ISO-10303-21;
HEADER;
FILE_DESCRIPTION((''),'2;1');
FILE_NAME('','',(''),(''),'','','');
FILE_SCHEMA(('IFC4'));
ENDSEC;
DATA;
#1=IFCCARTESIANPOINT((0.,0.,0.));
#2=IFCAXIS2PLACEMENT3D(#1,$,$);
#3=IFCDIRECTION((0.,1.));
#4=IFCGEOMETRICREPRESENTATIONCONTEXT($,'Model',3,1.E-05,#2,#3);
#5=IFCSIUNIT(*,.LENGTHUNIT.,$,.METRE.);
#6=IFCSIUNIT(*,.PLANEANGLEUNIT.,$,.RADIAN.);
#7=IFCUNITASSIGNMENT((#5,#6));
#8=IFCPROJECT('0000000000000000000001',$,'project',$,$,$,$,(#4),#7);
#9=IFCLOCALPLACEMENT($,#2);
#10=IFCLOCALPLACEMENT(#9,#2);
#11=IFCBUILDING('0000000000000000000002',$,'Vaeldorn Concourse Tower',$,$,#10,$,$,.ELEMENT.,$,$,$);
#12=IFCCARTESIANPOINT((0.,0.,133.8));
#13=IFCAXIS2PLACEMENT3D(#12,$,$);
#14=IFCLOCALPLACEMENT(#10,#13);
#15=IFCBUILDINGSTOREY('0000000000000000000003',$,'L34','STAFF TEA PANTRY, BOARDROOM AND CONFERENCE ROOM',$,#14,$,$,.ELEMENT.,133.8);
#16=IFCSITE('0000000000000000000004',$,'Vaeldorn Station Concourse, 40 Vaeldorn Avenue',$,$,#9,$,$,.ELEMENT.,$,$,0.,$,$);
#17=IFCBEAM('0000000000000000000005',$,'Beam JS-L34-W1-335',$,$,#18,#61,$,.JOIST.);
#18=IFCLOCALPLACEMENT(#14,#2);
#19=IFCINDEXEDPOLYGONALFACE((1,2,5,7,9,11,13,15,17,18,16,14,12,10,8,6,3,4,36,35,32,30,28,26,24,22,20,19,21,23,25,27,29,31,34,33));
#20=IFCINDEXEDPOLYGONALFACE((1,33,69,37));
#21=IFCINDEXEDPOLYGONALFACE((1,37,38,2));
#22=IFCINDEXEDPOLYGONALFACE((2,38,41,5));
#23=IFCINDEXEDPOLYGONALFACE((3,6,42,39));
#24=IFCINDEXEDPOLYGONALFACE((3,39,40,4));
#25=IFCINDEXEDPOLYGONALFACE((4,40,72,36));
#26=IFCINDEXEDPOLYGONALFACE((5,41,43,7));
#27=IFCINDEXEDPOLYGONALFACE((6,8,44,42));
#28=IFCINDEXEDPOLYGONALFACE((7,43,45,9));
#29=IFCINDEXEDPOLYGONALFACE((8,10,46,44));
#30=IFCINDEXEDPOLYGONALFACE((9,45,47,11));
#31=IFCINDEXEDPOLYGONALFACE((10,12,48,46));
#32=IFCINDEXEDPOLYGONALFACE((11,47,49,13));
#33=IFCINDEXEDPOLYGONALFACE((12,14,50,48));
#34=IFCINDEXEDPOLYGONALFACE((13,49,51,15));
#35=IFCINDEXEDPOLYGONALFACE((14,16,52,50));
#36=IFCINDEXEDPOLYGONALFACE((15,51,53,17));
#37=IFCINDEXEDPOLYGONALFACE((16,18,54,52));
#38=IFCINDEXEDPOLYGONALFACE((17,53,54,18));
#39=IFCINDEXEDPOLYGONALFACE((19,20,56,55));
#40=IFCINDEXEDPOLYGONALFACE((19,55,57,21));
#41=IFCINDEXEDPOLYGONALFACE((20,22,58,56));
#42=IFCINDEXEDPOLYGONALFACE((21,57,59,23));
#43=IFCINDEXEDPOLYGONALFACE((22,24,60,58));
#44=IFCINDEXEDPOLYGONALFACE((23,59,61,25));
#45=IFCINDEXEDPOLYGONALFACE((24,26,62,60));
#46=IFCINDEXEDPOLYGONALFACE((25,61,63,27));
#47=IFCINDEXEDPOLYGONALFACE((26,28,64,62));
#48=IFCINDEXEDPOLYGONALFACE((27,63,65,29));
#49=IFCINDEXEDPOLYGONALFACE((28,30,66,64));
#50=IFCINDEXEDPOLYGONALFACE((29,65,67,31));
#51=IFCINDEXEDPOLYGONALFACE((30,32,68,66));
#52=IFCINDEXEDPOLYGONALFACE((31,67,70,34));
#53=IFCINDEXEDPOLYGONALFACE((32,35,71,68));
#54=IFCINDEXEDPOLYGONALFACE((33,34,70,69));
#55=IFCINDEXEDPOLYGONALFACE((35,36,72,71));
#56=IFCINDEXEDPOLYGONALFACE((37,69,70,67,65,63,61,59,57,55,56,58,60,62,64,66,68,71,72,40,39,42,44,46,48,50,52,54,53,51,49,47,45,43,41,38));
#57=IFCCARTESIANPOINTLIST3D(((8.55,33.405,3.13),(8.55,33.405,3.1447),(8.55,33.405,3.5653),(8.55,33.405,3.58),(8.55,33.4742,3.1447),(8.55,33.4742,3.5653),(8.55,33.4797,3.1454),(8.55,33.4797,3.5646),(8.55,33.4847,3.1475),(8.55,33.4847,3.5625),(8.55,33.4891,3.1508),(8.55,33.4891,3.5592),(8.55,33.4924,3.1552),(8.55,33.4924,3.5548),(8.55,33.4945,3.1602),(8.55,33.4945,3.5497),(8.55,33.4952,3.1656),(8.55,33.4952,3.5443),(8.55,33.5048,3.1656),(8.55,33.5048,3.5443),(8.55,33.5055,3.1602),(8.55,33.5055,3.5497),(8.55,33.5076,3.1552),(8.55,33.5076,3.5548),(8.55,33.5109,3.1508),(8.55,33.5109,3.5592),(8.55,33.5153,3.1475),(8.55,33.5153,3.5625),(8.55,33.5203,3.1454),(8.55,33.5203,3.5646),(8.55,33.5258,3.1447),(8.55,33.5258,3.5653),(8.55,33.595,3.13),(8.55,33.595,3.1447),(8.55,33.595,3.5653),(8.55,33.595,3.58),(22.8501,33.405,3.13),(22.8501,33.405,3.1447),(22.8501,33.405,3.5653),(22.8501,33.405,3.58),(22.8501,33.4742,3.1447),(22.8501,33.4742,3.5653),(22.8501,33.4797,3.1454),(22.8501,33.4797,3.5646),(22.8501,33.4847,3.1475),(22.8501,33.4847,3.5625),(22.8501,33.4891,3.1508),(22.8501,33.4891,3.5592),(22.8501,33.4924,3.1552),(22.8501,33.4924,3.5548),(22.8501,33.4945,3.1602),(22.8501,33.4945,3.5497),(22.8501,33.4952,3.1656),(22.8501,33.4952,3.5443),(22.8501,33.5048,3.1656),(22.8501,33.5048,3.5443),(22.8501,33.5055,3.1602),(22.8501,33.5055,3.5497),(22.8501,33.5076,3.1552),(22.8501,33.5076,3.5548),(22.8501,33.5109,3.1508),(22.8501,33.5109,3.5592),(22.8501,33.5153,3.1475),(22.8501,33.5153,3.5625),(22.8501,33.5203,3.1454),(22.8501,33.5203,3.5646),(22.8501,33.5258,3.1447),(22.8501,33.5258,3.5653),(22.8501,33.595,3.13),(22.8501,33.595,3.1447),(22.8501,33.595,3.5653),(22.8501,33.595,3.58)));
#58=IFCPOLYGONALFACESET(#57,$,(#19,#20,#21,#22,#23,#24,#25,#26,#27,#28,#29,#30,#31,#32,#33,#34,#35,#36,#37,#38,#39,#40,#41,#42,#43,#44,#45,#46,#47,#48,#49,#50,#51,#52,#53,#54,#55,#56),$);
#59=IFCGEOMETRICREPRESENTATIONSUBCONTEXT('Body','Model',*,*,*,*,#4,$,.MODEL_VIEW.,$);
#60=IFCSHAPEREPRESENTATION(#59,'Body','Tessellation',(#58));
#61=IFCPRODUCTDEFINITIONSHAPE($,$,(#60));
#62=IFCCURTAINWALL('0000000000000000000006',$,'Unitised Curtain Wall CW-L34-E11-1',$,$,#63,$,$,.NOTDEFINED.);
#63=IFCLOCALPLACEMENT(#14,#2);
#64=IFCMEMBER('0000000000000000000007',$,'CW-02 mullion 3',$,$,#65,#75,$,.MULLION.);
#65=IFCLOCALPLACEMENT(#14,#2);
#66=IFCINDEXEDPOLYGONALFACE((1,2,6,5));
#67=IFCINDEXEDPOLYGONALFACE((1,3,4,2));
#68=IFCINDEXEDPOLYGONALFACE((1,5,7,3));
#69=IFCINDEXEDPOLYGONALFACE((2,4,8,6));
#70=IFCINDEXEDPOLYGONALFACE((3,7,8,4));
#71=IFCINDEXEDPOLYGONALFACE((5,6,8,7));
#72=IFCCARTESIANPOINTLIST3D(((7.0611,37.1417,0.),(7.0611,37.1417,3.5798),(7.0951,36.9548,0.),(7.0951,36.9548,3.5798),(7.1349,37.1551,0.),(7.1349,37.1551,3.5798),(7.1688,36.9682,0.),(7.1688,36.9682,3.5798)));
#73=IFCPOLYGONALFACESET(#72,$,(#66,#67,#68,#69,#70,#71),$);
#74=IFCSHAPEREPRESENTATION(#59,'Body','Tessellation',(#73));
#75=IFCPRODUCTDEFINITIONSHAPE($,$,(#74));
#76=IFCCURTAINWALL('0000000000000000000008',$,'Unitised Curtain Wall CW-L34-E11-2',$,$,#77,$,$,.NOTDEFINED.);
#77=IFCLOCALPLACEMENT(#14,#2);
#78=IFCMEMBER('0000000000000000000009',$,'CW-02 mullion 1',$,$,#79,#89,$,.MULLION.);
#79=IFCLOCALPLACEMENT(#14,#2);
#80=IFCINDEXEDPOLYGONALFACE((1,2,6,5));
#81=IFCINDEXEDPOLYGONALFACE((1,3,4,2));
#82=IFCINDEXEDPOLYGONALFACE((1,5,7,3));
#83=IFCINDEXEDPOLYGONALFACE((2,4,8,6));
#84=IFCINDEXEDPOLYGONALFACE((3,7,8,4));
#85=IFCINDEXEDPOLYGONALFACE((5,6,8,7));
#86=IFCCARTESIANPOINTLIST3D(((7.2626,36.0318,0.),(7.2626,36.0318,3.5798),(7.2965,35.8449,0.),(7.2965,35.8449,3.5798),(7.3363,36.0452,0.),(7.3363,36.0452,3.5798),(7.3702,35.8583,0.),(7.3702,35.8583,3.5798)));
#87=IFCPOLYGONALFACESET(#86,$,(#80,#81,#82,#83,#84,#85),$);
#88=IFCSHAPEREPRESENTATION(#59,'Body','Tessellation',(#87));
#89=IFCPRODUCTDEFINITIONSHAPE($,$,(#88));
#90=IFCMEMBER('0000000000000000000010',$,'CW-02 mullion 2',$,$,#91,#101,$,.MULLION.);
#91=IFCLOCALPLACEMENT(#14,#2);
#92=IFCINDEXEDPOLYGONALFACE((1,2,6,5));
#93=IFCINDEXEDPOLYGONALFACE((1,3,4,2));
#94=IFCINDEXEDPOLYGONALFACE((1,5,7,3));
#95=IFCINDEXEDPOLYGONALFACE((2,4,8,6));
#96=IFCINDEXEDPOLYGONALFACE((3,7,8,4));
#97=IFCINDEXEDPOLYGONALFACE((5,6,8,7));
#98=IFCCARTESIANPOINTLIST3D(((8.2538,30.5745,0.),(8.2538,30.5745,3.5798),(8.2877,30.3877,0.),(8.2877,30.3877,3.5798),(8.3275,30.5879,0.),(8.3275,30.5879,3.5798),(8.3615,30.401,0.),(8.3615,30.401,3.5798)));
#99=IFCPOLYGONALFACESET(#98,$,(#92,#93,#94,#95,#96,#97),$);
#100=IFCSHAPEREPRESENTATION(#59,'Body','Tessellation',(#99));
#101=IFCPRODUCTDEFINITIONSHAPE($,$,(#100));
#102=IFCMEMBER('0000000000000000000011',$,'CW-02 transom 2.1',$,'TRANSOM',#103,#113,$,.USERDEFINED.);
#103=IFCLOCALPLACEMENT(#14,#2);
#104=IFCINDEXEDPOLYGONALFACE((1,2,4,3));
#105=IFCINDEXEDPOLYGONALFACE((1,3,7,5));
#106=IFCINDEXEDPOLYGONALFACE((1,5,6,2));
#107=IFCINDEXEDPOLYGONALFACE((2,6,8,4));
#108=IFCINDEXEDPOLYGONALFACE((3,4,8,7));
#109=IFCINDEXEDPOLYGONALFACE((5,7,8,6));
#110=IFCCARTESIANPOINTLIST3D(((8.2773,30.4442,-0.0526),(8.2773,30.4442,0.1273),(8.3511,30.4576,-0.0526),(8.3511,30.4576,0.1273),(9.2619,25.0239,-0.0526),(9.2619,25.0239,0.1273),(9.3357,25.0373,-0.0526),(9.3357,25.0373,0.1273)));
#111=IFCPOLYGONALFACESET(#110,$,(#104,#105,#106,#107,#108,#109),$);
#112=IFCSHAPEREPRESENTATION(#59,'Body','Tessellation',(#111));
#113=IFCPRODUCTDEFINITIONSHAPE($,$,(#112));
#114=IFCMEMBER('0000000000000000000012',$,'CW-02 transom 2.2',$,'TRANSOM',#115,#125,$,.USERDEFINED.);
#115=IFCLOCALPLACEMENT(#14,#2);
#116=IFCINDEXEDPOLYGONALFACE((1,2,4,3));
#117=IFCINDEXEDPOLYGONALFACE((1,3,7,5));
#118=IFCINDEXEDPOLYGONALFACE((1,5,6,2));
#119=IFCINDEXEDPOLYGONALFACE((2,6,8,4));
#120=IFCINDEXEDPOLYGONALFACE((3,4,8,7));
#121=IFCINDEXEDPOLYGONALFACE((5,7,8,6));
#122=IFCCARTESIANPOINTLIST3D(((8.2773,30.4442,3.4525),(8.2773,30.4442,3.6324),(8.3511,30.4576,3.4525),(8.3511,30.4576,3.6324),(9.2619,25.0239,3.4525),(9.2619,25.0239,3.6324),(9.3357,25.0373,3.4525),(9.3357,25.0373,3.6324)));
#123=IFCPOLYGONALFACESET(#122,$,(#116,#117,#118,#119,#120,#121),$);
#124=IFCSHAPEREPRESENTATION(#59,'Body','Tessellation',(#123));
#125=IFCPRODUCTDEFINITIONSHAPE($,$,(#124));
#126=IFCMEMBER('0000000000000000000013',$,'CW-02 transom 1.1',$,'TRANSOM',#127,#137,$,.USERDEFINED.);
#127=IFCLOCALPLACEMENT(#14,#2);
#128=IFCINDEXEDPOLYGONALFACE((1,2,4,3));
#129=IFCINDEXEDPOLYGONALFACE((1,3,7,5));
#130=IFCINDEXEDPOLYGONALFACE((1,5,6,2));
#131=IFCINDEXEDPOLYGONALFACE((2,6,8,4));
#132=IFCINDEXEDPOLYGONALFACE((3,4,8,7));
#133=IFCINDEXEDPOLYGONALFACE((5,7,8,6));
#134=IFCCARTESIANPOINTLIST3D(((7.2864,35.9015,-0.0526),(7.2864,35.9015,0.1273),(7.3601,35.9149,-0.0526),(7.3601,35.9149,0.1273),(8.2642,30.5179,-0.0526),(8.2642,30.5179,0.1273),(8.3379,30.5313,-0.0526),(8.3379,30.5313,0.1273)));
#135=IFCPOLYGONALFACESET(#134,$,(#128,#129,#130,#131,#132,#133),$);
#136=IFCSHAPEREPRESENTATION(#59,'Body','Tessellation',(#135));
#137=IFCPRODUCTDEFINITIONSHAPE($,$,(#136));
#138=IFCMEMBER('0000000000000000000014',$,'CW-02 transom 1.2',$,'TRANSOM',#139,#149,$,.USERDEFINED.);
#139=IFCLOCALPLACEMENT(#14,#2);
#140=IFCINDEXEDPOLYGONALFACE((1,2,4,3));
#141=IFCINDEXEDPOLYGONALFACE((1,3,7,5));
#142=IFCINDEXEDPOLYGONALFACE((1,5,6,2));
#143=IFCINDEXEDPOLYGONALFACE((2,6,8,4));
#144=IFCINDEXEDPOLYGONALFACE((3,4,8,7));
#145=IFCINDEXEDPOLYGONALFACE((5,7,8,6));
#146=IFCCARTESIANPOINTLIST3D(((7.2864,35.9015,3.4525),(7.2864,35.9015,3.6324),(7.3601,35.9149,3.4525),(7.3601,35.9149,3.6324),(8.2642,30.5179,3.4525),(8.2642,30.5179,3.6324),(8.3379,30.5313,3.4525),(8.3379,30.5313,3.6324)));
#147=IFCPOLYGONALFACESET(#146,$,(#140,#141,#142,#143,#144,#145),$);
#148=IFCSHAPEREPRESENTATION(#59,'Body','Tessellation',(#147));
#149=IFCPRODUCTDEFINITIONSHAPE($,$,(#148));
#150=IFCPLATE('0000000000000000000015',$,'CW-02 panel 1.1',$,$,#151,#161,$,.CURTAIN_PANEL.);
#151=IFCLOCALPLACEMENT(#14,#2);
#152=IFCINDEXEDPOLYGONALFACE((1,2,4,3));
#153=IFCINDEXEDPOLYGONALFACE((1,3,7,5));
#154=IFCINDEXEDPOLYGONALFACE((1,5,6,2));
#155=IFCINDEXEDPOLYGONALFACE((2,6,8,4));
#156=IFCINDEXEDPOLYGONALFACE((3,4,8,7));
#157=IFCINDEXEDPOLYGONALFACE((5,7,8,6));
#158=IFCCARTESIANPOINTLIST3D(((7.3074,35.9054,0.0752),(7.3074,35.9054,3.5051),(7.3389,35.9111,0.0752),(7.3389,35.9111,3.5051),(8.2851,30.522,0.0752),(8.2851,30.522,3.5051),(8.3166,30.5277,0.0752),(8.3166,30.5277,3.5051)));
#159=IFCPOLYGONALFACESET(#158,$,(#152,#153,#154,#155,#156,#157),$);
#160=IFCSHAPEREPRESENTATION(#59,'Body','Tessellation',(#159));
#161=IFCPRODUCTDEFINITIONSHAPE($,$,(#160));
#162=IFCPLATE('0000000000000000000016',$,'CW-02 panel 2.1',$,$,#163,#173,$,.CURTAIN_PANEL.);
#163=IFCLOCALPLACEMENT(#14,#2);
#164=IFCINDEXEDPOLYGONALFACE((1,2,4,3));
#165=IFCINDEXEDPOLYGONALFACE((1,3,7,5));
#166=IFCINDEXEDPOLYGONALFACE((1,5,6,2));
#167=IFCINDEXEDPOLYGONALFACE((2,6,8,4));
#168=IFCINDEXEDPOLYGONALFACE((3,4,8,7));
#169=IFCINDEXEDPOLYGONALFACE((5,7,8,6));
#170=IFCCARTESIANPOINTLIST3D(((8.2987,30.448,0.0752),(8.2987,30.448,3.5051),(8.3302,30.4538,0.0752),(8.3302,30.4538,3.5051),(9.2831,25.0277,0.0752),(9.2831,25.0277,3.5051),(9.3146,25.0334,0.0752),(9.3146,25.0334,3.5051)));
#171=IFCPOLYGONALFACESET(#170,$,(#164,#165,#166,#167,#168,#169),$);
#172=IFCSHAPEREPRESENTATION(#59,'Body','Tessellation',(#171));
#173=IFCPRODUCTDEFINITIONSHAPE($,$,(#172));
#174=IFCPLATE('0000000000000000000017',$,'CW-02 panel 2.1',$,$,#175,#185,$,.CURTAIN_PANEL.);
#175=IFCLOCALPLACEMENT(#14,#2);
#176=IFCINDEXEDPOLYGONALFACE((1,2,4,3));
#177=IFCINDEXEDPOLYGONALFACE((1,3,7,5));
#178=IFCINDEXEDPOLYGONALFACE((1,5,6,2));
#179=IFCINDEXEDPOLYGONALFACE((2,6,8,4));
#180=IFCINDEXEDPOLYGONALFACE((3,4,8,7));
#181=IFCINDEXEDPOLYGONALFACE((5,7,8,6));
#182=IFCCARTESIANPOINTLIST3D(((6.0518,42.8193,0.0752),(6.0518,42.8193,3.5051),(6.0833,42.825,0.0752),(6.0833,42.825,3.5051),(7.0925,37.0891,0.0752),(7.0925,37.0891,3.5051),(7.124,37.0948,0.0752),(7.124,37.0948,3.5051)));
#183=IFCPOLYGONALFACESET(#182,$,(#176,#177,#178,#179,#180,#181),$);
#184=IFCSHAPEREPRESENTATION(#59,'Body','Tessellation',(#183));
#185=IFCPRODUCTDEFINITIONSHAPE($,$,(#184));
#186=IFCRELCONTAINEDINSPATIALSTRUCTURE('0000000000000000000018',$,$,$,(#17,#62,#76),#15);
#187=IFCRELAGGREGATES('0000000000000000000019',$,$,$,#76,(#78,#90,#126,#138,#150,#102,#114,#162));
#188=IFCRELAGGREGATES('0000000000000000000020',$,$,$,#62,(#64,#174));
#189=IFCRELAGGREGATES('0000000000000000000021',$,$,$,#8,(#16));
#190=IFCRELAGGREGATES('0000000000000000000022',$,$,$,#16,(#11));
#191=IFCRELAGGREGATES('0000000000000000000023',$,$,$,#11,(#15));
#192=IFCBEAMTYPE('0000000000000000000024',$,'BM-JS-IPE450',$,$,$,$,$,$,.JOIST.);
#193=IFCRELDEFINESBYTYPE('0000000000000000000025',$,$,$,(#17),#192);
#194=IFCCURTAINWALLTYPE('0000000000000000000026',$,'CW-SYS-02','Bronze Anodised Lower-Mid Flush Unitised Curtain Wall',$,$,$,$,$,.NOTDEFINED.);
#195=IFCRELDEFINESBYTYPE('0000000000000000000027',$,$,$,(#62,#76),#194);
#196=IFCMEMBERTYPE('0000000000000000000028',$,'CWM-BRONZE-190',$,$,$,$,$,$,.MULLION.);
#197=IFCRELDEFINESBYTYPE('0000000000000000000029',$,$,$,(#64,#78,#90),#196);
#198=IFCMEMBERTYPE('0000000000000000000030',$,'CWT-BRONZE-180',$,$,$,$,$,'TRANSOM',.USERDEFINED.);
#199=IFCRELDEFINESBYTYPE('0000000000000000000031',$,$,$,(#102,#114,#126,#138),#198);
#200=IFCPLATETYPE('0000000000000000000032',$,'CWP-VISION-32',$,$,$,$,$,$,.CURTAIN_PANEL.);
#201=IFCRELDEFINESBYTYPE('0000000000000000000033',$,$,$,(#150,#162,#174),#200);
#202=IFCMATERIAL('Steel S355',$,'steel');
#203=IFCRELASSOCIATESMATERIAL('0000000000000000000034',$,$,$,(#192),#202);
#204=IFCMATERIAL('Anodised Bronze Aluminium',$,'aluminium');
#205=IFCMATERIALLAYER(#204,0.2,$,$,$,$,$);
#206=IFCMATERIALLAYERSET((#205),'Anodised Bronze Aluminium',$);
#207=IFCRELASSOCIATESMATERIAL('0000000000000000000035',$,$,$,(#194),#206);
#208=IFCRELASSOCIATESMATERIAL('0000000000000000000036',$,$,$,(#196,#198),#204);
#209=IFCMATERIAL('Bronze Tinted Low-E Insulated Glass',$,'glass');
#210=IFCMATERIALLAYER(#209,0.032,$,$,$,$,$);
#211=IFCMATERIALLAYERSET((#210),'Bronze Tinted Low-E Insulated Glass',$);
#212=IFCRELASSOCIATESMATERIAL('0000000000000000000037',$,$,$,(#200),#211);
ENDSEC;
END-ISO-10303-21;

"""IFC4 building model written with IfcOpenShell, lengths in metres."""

from ifc_helpers import new_model, si_unit, direction, frame, origin, origin_2d, place, context, subcontext, project, spatial, rectangle, i_section, extrude, source, transform, mapped, material, layer, layer_set, material_profile, profile_set, type_object, element, aggregate, save


model = new_model("IFC4")

# Units and contexts
model_context = context("Model", 3, precision=1e-05, world=origin(), true_north=direction((0.0, 1.0)))
body_context = subcontext(model_context, "Body", "Model", "MODEL_VIEW")
ifc_project = project(units=[si_unit("LENGTHUNIT", "METRE"), si_unit("PLANEANGLEUNIT", "RADIAN")], contexts=[model_context])

# Site, building, storey
site_placement = place(None, origin())
site = spatial("IfcSite", under=ifc_project, at=site_placement, Name="Vaeldorn Station Concourse, 40 Vaeldorn Avenue", CompositionType="ELEMENT", RefElevation=0.0)
building_placement = place(site_placement, origin())
building = spatial("IfcBuilding", under=site, at=building_placement, Name="Vaeldorn Concourse Tower", CompositionType="ELEMENT")
storey_placement = place(building_placement, frame((0.0, 0.0, 133.8)))
storey = spatial("IfcBuildingStorey", under=building, at=storey_placement, Name="L34", Description="STAFF TEA PANTRY, BOARDROOM AND CONFERENCE ROOM", CompositionType="ELEMENT", Elevation=133.8)

# Beam
ifc_material_1 = material(Name="Steel S355", Category="steel")
ifc_material_profile_1 = material_profile(ifc_material_1, i_section(OverallWidth=0.1899, OverallDepth=0.45, WebThickness=0.0095, FlangeThickness=0.0146, FilletRadius=0.021, at=origin_2d()), Name="IPE 450")
ifc_profile_set_1 = profile_set([ifc_material_profile_1], Name="Steel S355")
beam_type_1 = type_object("IfcBeamType", Name="BM-JS-IPE450", PredefinedType="JOIST", material=ifc_profile_set_1)
shared_shape_1 = source(origin(), body_context, "Body", "SweptSolid", [
    extrude(i_section(OverallWidth=0.1899, OverallDepth=0.45, WebThickness=0.0095, FlangeThickness=0.0146, FilletRadius=0.021, at=origin_2d()), origin(), (0.0, 0.0, 1.0), 14.3),
])
beam_1_placement = place(storey_placement, frame((8.55, 33.5, 3.355), z_axis=(1.0, 0.0, 0.0), x_axis=(0.0, 1.0, 0.0)))
element("IfcBeam", 1, at=beam_1_placement, inside=storey, type_object=beam_type_1, Name="Beam JS-L34-W1-335", PredefinedType="JOIST", context=body_context, shape_type="MappedRepresentation", body=[
    mapped(shared_shape_1, transform((0.0, 0.0, 0.0), scale=1.0)),
])

# Curtain wall, member
ifc_material_2 = material(Name="Anodised Bronze Aluminium", Category="aluminium")
ifc_layer_1 = layer(ifc_material_2, 0.2)
ifc_layer_set_1 = layer_set([ifc_layer_1], Name="Anodised Bronze Aluminium")
curtain_wall_type = type_object("IfcCurtainWallType", Name="CW-SYS-02", Description="Bronze Anodised Lower-Mid Flush Unitised Curtain Wall", PredefinedType="NOTDEFINED", material=ifc_layer_set_1)
curtain_wall_1_placement = place(storey_placement, origin())
curtain_wall_1 = element("IfcCurtainWall", 2, at=curtain_wall_1_placement, inside=storey, type_object=curtain_wall_type, Name="Unitised Curtain Wall CW-L34-E11-1", PredefinedType="NOTDEFINED")
ifc_material_profile_2 = material_profile(ifc_material_2, rectangle(XDim=0.075, YDim=0.1899, at=origin_2d()), Name="CWM 75x190")
ifc_profile_set_2 = profile_set([ifc_material_profile_2], Name="Anodised Bronze Aluminium")
member_type_1 = type_object("IfcMemberType", Name="CWM-BRONZE-190", PredefinedType="MULLION", material=ifc_profile_set_2)
shared_shape_2 = source(origin(), body_context, "Body", "SweptSolid", [
    extrude(rectangle(XDim=0.075, YDim=0.1899, at=origin_2d()), origin(), (0.0, 0.0, 1.0), 3.5798),
])
member_1_placement = place(storey_placement, frame((7.115, 37.0549, 0.0), z_axis=(0.0, 0.0, 1.0), x_axis=(0.983905, 0.17869, 0.0)))
member_1 = element("IfcMember", 3, at=member_1_placement, type_object=member_type_1, Name="CW-02 mullion 3", PredefinedType="MULLION", context=body_context, shape_type="MappedRepresentation", body=[
    mapped(shared_shape_2, transform((0.0, 0.0, 0.0), scale=1.0)),
])

# Curtain wall, members, plates
curtain_wall_2_placement = place(storey_placement, origin())
curtain_wall_2 = element("IfcCurtainWall", 4, at=curtain_wall_2_placement, inside=storey, type_object=curtain_wall_type, Name="Unitised Curtain Wall CW-L34-E11-2", PredefinedType="NOTDEFINED")
member_2_placement = place(storey_placement, frame((7.3164, 35.9451, 0.0), z_axis=(0.0, 0.0, 1.0), x_axis=(0.983905, 0.178692, 0.0)))
member_2 = element("IfcMember", 5, at=member_2_placement, type_object=member_type_1, Name="CW-02 mullion 1", PredefinedType="MULLION", context=body_context, shape_type="MappedRepresentation", body=[
    mapped(shared_shape_2, transform((0.0, 0.0, 0.0), scale=1.0)),
])
member_3_placement = place(storey_placement, frame((8.3076, 30.4878, 0.0), z_axis=(0.0, 0.0, 1.0), x_axis=(0.983905, 0.178692, 0.0)))
member_3 = element("IfcMember", 6, at=member_3_placement, type_object=member_type_1, Name="CW-02 mullion 2", PredefinedType="MULLION", context=body_context, shape_type="MappedRepresentation", body=[
    mapped(shared_shape_2, transform((0.0, 0.0, 0.0), scale=1.0)),
])
ifc_material_profile_3 = material_profile(ifc_material_2, rectangle(XDim=0.075, YDim=0.1799, at=origin_2d()), Name="CWT 75x180")
ifc_profile_set_3 = profile_set([ifc_material_profile_3], Name="Anodised Bronze Aluminium")
member_type_2 = type_object("IfcMemberType", Name="CWT-BRONZE-180", ElementType="TRANSOM", PredefinedType="USERDEFINED", material=ifc_profile_set_3)
shared_shape_3 = source(origin(), body_context, "Body", "SweptSolid", [
    extrude(rectangle(XDim=0.075, YDim=0.1799, at=origin_2d()), origin(), (0.0, 0.0, 1.0), 5.509),
])
member_4_placement = place(storey_placement, frame((8.3142, 30.4509, 0.0374), z_axis=(0.178726, -0.983899, 0.0), x_axis=(0.983899, 0.178726, 0.0)))
member_4 = element("IfcMember", 7, at=member_4_placement, type_object=member_type_2, Name="CW-02 transom 2.1", ObjectType="TRANSOM", PredefinedType="USERDEFINED", context=body_context, shape_type="MappedRepresentation", body=[
    mapped(shared_shape_3, transform((0.0, 0.0, 0.0), scale=1.0)),
])
member_5_placement = place(storey_placement, frame((8.3142, 30.4509, 3.5425), z_axis=(0.178726, -0.983899, 0.0), x_axis=(0.983899, 0.178726, 0.0)))
member_5 = element("IfcMember", 8, at=member_5_placement, type_object=member_type_2, Name="CW-02 transom 2.2", ObjectType="TRANSOM", PredefinedType="USERDEFINED", context=body_context, shape_type="MappedRepresentation", body=[
    mapped(shared_shape_3, transform((0.0, 0.0, 0.0), scale=1.0)),
])
shared_shape_4 = source(origin(), body_context, "Body", "SweptSolid", [
    extrude(rectangle(XDim=0.075, YDim=0.1799, at=origin_2d()), origin(), (0.0, 0.0, 1.0), 5.4717),
])
member_6_placement = place(storey_placement, frame((7.3232, 35.9082, 0.0374), z_axis=(0.178701, -0.983903, 0.0), x_axis=(0.983903, 0.178701, 0.0)))
member_6 = element("IfcMember", 9, at=member_6_placement, type_object=member_type_2, Name="CW-02 transom 1.1", ObjectType="TRANSOM", PredefinedType="USERDEFINED", context=body_context, shape_type="MappedRepresentation", body=[
    mapped(shared_shape_4, transform((0.0, 0.0, 0.0), scale=1.0)),
])
member_7_placement = place(storey_placement, frame((7.3232, 35.9082, 3.5425), z_axis=(0.178701, -0.983903, 0.0), x_axis=(0.983903, 0.178701, 0.0)))
member_7 = element("IfcMember", 10, at=member_7_placement, type_object=member_type_2, Name="CW-02 transom 1.2", ObjectType="TRANSOM", PredefinedType="USERDEFINED", context=body_context, shape_type="MappedRepresentation", body=[
    mapped(shared_shape_4, transform((0.0, 0.0, 0.0), scale=1.0)),
])
ifc_material_3 = material(Name="Bronze Tinted Low-E Insulated Glass", Category="glass")
ifc_layer_2 = layer(ifc_material_3, 0.032)
ifc_layer_set_2 = layer_set([ifc_layer_2], Name="Bronze Tinted Low-E Insulated Glass")
plate_type = type_object("IfcPlateType", Name="CWP-VISION-32", PredefinedType="CURTAIN_PANEL", material=ifc_layer_set_2)
shared_shape_5 = source(origin(), body_context, "Body", "SweptSolid", [
    extrude(rectangle(XDim=5.4714, YDim=0.032, at=origin_2d()), origin(), (0.0, 0.0, 1.0), 3.4299),
])
plate_1_placement = place(storey_placement, frame((7.812, 33.2166, 0.0752), z_axis=(0.0, 0.0, 1.0), x_axis=(0.178692, -0.983905, 0.0)))
plate_1 = element("IfcPlate", 11, at=plate_1_placement, type_object=plate_type, Name="CW-02 panel 1.1", PredefinedType="CURTAIN_PANEL", context=body_context, shape_type="MappedRepresentation", body=[
    mapped(shared_shape_5, transform((0.0, 0.0, 0.0), scale=1.0)),
])
shared_shape_6 = source(origin(), body_context, "Body", "SweptSolid", [
    extrude(rectangle(XDim=5.509, YDim=0.032, at=origin_2d()), origin(), (0.0, 0.0, 1.0), 3.4299),
])
plate_2_placement = place(storey_placement, frame((8.8066, 27.7407, 0.0752), z_axis=(0.0, 0.0, 1.0), x_axis=(0.178692, -0.983905, 0.0)))
plate_2 = element("IfcPlate", 12, at=plate_2_placement, type_object=plate_type, Name="CW-02 panel 2.1", PredefinedType="CURTAIN_PANEL", context=body_context, shape_type="MappedRepresentation", body=[
    mapped(shared_shape_6, transform((0.0, 0.0, 0.0), scale=1.0)),
])
aggregate(curtain_wall_2, [member_2, member_3, member_6, member_7, plate_1, member_4, member_5, plate_2])

# Plate
shared_shape_7 = source(origin(), body_context, "Body", "SweptSolid", [
    extrude(rectangle(XDim=5.824, YDim=0.032, at=origin_2d()), origin(), (0.0, 0.0, 1.0), 3.4299),
])
plate_3_placement = place(storey_placement, frame((6.5879, 39.957, 0.0752), z_axis=(0.0, 0.0, 1.0), x_axis=(0.17869, -0.983905, 0.0)))
plate_3 = element("IfcPlate", 13, at=plate_3_placement, type_object=plate_type, Name="CW-02 panel 2.1", PredefinedType="CURTAIN_PANEL", context=body_context, shape_type="MappedRepresentation", body=[
    mapped(shared_shape_7, transform((0.0, 0.0, 0.0), scale=1.0)),
])
aggregate(curtain_wall_1, [member_1, plate_3])

save(model, "model.ifc")
